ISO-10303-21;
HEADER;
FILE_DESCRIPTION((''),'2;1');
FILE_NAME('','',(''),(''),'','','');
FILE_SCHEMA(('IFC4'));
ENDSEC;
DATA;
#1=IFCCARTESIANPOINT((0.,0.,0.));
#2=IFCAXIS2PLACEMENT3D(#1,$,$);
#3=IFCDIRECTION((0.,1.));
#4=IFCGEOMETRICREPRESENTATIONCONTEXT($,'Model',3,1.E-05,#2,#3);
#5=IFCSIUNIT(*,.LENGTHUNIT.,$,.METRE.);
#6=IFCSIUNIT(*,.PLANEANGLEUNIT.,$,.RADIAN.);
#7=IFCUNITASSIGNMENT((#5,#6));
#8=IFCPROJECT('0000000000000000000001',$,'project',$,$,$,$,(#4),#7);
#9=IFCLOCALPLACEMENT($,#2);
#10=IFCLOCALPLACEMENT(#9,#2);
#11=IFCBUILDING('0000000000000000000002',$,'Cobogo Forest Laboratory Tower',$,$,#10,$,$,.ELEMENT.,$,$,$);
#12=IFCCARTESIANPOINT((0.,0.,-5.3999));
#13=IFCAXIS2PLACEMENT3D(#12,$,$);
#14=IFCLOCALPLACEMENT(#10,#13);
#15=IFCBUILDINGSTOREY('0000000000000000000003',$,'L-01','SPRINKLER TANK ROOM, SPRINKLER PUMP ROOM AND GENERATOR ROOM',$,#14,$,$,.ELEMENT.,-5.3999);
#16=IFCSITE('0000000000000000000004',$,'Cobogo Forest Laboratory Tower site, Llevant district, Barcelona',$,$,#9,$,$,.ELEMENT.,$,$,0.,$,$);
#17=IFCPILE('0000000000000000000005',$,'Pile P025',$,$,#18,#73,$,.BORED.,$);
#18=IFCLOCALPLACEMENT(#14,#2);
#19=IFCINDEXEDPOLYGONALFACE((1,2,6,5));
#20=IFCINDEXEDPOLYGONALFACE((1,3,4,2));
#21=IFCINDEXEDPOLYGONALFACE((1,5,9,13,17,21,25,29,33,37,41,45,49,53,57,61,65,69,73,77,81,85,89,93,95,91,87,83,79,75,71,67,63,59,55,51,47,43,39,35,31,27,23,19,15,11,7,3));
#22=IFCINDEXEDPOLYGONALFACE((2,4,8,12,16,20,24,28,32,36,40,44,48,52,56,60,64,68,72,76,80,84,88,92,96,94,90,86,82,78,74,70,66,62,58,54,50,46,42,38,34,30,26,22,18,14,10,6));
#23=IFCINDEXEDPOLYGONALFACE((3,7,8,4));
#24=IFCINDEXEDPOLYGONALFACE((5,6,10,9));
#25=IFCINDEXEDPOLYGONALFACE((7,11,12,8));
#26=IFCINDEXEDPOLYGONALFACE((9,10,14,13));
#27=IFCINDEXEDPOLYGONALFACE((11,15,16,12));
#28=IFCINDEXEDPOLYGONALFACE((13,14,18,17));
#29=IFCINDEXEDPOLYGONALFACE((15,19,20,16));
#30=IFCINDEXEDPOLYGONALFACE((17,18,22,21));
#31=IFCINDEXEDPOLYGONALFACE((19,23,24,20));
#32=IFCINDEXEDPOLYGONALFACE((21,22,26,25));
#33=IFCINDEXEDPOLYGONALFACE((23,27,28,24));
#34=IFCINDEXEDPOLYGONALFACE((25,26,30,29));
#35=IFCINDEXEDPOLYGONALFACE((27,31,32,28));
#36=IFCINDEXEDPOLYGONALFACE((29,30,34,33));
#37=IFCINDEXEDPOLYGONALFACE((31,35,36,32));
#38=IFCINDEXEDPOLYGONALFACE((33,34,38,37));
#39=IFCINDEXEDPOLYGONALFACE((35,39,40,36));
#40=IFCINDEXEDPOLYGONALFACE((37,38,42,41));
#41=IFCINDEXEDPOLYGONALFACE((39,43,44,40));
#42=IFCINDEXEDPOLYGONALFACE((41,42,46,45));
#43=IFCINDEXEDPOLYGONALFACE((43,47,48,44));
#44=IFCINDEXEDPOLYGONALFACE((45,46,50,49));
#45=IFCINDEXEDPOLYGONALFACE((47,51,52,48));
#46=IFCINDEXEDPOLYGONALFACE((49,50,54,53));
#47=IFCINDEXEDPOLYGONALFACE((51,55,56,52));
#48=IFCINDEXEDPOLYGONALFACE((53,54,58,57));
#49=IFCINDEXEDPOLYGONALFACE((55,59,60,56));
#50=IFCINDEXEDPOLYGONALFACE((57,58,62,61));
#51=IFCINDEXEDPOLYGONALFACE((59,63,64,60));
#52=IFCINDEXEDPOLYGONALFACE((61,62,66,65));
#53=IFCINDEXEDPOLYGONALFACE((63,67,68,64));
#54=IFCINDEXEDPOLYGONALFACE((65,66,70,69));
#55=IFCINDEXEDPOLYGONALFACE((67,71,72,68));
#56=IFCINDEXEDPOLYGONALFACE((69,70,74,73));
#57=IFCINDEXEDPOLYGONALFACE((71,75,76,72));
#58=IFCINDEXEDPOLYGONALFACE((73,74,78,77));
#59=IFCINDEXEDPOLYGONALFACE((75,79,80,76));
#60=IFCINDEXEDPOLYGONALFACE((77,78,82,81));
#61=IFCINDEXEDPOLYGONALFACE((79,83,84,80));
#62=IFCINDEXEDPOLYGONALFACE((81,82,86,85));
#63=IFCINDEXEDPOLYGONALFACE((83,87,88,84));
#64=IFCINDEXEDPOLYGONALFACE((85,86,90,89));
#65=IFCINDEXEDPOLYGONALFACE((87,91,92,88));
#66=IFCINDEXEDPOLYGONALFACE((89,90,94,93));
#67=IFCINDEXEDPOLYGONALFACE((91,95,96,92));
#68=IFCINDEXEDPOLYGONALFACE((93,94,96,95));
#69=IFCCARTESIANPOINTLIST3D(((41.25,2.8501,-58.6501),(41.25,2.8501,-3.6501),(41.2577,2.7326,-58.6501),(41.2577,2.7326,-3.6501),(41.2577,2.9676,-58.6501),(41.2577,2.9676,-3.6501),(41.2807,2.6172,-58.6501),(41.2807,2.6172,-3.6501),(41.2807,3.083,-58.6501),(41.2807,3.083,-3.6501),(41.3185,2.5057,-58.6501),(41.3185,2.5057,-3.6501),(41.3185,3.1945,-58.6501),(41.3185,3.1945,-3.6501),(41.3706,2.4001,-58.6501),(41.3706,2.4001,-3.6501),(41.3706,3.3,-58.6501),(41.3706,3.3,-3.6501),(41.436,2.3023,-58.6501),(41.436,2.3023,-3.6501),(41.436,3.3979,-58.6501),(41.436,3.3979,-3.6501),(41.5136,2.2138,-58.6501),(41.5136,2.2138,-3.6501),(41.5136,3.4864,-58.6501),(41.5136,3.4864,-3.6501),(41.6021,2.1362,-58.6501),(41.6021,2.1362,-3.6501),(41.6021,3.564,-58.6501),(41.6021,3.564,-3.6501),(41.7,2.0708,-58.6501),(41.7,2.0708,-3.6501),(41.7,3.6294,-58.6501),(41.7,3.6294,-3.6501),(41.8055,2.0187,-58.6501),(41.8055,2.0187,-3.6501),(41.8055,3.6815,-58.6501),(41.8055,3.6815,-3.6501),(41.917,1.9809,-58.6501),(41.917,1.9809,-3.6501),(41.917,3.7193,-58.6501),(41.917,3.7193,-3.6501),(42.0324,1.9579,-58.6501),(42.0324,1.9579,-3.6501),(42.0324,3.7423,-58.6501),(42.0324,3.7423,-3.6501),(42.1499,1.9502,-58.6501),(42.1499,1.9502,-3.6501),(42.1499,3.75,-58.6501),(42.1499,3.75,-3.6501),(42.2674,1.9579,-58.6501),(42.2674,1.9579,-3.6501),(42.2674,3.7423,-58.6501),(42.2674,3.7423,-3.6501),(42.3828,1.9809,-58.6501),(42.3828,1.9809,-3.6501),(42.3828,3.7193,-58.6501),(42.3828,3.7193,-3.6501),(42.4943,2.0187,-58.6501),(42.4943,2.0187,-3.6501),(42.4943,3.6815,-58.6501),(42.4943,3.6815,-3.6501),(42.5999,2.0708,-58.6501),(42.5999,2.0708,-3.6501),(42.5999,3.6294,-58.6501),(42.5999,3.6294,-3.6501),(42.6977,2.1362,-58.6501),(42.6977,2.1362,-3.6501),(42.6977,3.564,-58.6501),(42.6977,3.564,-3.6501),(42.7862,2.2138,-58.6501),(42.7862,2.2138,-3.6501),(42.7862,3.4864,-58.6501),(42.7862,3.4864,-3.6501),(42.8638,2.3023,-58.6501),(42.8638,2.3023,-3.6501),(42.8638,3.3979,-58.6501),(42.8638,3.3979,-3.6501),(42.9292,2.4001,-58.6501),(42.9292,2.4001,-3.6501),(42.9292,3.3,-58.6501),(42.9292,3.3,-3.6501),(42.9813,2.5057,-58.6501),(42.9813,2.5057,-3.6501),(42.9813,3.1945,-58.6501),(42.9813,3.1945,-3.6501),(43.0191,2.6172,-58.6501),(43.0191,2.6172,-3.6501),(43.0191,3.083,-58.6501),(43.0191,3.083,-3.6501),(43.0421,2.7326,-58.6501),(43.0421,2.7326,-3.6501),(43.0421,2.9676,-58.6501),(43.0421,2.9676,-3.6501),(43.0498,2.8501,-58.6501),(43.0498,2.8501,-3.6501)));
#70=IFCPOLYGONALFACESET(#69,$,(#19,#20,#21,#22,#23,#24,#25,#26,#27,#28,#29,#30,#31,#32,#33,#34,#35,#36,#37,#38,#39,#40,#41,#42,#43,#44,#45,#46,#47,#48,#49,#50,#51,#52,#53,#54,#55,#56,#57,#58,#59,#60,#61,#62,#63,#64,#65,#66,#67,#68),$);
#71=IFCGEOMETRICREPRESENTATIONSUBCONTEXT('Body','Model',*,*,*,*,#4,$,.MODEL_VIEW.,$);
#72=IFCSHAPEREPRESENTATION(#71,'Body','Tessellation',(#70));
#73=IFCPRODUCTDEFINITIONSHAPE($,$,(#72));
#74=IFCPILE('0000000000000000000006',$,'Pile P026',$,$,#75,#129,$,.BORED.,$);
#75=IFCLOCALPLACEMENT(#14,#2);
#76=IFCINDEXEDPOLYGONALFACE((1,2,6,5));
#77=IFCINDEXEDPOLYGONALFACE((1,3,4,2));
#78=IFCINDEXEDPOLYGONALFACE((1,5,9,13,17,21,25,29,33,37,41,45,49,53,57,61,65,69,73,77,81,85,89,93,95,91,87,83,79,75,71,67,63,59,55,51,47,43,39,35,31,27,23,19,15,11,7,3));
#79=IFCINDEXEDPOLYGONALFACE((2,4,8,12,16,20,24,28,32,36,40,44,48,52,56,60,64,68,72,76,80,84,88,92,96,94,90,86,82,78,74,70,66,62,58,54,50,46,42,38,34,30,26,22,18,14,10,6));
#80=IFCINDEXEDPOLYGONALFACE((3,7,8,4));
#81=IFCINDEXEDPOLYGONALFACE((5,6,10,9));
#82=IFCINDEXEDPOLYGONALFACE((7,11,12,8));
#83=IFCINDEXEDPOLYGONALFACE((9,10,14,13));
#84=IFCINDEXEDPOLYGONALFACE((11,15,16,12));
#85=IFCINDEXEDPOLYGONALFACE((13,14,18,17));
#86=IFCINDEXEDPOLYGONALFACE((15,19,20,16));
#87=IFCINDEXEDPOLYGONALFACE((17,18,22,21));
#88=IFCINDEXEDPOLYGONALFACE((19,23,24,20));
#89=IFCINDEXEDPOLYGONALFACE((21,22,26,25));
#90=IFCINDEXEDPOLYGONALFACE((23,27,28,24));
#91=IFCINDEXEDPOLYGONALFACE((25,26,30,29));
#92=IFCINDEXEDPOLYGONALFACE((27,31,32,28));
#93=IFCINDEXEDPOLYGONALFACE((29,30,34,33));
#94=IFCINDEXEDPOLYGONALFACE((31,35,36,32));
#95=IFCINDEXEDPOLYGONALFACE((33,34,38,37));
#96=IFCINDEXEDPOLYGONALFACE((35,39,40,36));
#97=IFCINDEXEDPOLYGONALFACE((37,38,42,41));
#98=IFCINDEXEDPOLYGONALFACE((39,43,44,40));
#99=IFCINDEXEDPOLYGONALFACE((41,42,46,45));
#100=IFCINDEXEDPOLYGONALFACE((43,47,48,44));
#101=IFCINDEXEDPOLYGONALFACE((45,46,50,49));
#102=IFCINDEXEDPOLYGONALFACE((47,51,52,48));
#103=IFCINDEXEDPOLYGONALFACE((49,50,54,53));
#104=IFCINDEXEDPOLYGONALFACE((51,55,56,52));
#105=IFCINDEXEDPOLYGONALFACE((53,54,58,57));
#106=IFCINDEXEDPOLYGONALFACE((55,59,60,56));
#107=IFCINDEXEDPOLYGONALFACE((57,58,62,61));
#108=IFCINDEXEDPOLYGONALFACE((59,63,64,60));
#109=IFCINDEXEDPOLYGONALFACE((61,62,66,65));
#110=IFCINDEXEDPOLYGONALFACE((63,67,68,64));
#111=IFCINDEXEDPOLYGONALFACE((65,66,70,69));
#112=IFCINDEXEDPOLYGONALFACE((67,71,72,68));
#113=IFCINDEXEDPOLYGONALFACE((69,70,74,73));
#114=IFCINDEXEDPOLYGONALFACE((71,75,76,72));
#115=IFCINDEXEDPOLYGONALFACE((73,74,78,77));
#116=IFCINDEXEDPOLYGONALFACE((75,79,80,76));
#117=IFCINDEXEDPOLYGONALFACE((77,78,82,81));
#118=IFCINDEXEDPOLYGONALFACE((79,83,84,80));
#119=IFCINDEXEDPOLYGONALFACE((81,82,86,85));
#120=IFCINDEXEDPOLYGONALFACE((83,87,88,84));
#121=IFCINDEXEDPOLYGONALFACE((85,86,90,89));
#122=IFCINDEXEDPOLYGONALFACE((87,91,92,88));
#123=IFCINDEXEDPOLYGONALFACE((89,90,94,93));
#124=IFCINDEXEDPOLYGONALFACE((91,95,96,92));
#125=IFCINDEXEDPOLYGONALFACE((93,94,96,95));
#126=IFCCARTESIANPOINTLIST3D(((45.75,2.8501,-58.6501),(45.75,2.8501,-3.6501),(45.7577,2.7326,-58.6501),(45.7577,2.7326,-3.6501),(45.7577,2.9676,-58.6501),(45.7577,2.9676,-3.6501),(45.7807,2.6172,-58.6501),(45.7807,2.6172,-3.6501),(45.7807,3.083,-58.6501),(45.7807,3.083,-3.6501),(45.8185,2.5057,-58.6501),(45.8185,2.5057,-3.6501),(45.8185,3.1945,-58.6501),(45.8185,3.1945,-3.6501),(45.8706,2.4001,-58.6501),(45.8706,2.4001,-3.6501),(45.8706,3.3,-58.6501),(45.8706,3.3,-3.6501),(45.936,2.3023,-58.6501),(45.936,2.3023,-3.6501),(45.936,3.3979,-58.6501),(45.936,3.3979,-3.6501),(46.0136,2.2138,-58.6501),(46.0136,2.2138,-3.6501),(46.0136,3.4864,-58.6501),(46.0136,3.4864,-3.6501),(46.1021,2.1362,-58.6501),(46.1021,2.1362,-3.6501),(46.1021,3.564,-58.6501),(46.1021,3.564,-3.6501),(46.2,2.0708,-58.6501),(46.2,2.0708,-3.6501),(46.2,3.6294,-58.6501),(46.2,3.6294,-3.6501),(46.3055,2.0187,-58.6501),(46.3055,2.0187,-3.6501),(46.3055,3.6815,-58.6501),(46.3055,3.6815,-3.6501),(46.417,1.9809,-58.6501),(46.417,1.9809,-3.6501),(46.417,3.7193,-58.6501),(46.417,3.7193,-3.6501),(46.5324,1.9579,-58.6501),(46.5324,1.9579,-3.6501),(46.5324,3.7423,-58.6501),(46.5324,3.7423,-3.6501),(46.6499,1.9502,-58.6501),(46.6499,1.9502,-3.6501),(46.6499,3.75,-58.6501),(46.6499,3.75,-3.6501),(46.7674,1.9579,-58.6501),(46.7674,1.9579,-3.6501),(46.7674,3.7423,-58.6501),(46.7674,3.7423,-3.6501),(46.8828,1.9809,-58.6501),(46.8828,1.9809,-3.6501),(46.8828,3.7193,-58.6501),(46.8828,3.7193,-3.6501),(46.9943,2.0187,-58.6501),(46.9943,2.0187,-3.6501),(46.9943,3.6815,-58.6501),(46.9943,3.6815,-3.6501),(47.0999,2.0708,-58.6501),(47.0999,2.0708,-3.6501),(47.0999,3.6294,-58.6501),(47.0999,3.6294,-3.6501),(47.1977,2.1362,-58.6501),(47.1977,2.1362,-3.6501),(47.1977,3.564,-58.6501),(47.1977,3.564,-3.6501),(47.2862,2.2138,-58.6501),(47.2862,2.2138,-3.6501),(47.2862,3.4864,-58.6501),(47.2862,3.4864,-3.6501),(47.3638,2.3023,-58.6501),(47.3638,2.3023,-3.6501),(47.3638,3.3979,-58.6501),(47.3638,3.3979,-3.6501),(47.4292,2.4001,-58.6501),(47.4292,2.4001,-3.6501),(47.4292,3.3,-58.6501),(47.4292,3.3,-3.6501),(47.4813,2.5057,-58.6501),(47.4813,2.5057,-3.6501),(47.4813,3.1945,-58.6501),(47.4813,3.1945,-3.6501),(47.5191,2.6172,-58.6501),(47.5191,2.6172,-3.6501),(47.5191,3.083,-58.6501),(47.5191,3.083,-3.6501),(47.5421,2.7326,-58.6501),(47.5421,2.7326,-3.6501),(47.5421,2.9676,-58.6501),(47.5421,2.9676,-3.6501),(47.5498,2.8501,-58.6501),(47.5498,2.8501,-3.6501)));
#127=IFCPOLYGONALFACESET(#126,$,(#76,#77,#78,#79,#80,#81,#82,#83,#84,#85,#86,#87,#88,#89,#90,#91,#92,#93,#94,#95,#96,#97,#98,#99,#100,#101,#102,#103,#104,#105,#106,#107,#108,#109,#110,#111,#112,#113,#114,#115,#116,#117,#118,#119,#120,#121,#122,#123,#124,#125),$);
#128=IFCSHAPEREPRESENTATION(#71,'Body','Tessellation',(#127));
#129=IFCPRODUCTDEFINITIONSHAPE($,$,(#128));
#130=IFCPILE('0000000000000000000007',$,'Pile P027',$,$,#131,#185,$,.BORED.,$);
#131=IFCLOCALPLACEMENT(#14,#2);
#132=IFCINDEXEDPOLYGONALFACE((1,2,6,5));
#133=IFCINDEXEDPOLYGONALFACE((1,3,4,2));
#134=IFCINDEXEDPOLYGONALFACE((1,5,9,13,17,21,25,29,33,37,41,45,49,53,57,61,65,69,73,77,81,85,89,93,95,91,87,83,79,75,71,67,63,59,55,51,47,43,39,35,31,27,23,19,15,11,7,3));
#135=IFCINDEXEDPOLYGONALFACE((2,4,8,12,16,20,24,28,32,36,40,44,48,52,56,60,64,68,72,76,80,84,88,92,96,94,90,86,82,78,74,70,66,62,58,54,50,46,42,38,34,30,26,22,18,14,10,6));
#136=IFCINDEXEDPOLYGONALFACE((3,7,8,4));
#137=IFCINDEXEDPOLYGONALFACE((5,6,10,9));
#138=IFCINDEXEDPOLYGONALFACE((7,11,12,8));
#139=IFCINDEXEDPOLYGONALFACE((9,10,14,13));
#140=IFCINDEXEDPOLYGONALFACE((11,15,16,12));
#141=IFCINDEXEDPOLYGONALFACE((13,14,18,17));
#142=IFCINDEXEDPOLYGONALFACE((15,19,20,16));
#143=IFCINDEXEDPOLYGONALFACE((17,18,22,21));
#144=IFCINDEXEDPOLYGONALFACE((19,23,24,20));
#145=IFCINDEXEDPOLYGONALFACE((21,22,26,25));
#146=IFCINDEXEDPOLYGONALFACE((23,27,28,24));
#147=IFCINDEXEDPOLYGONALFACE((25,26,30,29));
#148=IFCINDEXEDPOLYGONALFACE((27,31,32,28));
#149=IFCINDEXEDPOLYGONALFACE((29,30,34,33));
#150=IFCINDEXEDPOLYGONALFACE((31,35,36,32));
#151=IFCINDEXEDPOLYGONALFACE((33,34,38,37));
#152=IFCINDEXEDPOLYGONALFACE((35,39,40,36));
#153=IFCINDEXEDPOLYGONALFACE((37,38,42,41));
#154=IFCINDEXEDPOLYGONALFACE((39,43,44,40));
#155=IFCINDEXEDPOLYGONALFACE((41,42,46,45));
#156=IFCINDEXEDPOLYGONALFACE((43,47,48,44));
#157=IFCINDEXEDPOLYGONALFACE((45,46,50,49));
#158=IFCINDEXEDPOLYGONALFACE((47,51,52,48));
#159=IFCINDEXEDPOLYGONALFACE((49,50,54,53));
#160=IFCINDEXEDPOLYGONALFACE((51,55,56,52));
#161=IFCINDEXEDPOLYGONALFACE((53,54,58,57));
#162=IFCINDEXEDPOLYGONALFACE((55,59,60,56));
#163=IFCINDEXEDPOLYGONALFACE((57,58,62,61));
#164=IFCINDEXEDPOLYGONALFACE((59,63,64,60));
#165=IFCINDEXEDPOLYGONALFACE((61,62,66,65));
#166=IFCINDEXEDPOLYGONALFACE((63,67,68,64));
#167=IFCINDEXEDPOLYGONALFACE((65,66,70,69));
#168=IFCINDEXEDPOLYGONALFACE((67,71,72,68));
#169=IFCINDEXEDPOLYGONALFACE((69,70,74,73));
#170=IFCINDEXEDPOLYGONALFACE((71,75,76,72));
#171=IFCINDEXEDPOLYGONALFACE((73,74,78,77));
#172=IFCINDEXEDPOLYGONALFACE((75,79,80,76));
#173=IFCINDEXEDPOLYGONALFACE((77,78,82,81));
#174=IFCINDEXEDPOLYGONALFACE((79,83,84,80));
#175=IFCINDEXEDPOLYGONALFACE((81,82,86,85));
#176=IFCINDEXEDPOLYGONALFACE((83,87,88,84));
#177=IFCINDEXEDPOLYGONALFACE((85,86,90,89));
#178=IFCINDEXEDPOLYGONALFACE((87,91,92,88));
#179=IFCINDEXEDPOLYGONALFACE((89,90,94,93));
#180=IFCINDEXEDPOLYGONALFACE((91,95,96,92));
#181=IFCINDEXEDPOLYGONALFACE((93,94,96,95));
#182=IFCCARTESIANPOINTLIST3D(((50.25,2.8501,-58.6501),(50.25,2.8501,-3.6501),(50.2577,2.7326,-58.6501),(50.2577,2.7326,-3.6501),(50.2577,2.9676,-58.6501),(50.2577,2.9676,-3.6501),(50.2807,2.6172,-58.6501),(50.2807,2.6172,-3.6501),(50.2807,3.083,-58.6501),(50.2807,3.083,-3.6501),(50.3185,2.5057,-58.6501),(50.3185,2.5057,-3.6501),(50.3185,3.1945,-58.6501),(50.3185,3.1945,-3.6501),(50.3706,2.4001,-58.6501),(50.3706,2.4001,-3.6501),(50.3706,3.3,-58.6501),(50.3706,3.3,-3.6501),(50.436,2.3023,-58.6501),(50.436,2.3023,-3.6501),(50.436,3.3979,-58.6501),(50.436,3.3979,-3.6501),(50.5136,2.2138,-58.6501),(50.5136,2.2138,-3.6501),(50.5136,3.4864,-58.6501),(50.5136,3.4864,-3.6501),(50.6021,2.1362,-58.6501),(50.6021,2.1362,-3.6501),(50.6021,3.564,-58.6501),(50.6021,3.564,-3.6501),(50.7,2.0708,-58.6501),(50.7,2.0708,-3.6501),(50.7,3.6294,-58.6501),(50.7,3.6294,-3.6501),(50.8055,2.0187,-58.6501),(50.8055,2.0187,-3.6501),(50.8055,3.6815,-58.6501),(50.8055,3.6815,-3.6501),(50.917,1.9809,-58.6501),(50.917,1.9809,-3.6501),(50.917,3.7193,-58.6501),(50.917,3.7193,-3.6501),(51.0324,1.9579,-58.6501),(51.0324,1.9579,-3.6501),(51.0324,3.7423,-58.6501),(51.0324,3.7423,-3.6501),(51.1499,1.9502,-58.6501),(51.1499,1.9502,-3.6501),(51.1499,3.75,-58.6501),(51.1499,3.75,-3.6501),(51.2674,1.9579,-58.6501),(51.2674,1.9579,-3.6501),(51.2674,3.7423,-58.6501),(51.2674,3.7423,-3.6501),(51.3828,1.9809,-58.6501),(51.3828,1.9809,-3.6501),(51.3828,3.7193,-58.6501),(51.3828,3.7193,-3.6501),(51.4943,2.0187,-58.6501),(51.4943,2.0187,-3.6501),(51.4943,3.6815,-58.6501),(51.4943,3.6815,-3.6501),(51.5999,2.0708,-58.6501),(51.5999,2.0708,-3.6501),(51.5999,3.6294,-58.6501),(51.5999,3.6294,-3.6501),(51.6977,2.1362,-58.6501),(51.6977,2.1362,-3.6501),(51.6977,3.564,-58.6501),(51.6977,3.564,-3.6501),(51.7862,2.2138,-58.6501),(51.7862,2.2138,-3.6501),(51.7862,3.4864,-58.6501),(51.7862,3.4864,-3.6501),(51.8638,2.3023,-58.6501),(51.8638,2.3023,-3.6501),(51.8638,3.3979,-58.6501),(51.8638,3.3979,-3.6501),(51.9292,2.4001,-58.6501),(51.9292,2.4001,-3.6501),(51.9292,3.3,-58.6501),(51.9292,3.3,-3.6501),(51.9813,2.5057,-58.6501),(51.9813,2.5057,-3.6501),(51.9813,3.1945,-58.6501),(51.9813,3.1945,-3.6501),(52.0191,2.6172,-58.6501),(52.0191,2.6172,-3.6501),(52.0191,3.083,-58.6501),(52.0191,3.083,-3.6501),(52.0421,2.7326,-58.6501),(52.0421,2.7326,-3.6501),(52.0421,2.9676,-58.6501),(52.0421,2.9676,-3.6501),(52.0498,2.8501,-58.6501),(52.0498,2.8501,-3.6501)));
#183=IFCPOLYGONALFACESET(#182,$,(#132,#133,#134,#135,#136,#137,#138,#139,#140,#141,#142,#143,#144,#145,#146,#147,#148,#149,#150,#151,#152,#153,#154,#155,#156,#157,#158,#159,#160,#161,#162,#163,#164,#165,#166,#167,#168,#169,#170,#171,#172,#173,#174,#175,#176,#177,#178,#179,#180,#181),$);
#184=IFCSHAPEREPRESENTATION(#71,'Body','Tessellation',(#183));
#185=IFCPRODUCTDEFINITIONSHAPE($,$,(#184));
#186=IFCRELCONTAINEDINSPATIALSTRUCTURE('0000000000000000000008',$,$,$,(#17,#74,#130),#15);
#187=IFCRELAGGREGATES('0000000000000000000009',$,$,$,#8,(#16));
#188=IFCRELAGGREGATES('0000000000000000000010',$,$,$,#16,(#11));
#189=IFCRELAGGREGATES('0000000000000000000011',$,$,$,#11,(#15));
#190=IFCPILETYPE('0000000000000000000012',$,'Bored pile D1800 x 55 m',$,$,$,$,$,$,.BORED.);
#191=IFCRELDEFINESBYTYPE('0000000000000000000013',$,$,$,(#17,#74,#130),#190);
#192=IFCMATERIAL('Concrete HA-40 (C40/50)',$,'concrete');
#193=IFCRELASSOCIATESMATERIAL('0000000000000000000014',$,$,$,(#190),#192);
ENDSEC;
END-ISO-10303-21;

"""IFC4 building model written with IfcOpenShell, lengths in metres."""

from ifc_helpers import new_model, si_unit, direction, frame, origin, origin_2d, place, context, subcontext, project, spatial, circle, extrude, material, material_profile, profile_set, type_object, element, save


model = new_model("IFC4")

# Units and contexts
model_context = context("Model", 3, precision=1e-05, world=origin(), true_north=direction((0.0, 1.0)))
body_context = subcontext(model_context, "Body", "Model", "MODEL_VIEW")
ifc_project = project(units=[si_unit("LENGTHUNIT", "METRE"), si_unit("PLANEANGLEUNIT", "RADIAN")], contexts=[model_context])

# Site, building, storey
site_placement = place(None, origin())
site = spatial("IfcSite", under=ifc_project, at=site_placement, Name="Cobogo Forest Laboratory Tower site, Llevant district, Barcelona", CompositionType="ELEMENT", RefElevation=0.0)
building_placement = place(site_placement, origin())
building = spatial("IfcBuilding", under=site, at=building_placement, Name="Cobogo Forest Laboratory Tower", CompositionType="ELEMENT")
storey_placement = place(building_placement, frame((0.0, 0.0, -5.3999)))
storey = spatial("IfcBuildingStorey", under=building, at=storey_placement, Name="L-01", Description="SPRINKLER TANK ROOM, SPRINKLER PUMP ROOM AND GENERATOR ROOM", CompositionType="ELEMENT", Elevation=-5.3999)

# Piles
ifc_material_1 = material(Name="Concrete HA-40 (C40/50)", Category="concrete")
ifc_material_profile_1 = material_profile(ifc_material_1, circle(Radius=0.8999, at=origin_2d()), Name="PILE D1800")
ifc_profile_set_1 = profile_set([ifc_material_profile_1], Name="Concrete HA-40 (C40/50)")
pile_type_1 = type_object("IfcPileType", Name="Bored pile D1800 x 55 m", PredefinedType="BORED", material=ifc_profile_set_1)
for number, where, z_axis, x_axis, name in (
    (1, (42.1499, 2.8501, -3.6501), (0.0, 0.0, -1.0), (1.0, 0.0, 0.0), "Pile P025"),
    (2, (46.6499, 2.8501, -3.6501), (0.0, 0.0, -1.0), (1.0, 0.0, 0.0), "Pile P026"),
    (3, (51.1499, 2.8501, -3.6501), (0.0, 0.0, -1.0), (1.0, 0.0, 0.0), "Pile P027"),
):
    element("IfcPile", number, at=place(storey_placement, frame(where, z_axis=z_axis, x_axis=x_axis)), inside=storey, type_object=pile_type_1, Name=name, PredefinedType="BORED", context=body_context, shape_type="SweptSolid", body=[
        extrude(circle(Radius=0.8999, at=origin_2d()), origin(), (0.0, 0.0, 1.0), 55.0),
    ])

save(model, "model.ifc")
